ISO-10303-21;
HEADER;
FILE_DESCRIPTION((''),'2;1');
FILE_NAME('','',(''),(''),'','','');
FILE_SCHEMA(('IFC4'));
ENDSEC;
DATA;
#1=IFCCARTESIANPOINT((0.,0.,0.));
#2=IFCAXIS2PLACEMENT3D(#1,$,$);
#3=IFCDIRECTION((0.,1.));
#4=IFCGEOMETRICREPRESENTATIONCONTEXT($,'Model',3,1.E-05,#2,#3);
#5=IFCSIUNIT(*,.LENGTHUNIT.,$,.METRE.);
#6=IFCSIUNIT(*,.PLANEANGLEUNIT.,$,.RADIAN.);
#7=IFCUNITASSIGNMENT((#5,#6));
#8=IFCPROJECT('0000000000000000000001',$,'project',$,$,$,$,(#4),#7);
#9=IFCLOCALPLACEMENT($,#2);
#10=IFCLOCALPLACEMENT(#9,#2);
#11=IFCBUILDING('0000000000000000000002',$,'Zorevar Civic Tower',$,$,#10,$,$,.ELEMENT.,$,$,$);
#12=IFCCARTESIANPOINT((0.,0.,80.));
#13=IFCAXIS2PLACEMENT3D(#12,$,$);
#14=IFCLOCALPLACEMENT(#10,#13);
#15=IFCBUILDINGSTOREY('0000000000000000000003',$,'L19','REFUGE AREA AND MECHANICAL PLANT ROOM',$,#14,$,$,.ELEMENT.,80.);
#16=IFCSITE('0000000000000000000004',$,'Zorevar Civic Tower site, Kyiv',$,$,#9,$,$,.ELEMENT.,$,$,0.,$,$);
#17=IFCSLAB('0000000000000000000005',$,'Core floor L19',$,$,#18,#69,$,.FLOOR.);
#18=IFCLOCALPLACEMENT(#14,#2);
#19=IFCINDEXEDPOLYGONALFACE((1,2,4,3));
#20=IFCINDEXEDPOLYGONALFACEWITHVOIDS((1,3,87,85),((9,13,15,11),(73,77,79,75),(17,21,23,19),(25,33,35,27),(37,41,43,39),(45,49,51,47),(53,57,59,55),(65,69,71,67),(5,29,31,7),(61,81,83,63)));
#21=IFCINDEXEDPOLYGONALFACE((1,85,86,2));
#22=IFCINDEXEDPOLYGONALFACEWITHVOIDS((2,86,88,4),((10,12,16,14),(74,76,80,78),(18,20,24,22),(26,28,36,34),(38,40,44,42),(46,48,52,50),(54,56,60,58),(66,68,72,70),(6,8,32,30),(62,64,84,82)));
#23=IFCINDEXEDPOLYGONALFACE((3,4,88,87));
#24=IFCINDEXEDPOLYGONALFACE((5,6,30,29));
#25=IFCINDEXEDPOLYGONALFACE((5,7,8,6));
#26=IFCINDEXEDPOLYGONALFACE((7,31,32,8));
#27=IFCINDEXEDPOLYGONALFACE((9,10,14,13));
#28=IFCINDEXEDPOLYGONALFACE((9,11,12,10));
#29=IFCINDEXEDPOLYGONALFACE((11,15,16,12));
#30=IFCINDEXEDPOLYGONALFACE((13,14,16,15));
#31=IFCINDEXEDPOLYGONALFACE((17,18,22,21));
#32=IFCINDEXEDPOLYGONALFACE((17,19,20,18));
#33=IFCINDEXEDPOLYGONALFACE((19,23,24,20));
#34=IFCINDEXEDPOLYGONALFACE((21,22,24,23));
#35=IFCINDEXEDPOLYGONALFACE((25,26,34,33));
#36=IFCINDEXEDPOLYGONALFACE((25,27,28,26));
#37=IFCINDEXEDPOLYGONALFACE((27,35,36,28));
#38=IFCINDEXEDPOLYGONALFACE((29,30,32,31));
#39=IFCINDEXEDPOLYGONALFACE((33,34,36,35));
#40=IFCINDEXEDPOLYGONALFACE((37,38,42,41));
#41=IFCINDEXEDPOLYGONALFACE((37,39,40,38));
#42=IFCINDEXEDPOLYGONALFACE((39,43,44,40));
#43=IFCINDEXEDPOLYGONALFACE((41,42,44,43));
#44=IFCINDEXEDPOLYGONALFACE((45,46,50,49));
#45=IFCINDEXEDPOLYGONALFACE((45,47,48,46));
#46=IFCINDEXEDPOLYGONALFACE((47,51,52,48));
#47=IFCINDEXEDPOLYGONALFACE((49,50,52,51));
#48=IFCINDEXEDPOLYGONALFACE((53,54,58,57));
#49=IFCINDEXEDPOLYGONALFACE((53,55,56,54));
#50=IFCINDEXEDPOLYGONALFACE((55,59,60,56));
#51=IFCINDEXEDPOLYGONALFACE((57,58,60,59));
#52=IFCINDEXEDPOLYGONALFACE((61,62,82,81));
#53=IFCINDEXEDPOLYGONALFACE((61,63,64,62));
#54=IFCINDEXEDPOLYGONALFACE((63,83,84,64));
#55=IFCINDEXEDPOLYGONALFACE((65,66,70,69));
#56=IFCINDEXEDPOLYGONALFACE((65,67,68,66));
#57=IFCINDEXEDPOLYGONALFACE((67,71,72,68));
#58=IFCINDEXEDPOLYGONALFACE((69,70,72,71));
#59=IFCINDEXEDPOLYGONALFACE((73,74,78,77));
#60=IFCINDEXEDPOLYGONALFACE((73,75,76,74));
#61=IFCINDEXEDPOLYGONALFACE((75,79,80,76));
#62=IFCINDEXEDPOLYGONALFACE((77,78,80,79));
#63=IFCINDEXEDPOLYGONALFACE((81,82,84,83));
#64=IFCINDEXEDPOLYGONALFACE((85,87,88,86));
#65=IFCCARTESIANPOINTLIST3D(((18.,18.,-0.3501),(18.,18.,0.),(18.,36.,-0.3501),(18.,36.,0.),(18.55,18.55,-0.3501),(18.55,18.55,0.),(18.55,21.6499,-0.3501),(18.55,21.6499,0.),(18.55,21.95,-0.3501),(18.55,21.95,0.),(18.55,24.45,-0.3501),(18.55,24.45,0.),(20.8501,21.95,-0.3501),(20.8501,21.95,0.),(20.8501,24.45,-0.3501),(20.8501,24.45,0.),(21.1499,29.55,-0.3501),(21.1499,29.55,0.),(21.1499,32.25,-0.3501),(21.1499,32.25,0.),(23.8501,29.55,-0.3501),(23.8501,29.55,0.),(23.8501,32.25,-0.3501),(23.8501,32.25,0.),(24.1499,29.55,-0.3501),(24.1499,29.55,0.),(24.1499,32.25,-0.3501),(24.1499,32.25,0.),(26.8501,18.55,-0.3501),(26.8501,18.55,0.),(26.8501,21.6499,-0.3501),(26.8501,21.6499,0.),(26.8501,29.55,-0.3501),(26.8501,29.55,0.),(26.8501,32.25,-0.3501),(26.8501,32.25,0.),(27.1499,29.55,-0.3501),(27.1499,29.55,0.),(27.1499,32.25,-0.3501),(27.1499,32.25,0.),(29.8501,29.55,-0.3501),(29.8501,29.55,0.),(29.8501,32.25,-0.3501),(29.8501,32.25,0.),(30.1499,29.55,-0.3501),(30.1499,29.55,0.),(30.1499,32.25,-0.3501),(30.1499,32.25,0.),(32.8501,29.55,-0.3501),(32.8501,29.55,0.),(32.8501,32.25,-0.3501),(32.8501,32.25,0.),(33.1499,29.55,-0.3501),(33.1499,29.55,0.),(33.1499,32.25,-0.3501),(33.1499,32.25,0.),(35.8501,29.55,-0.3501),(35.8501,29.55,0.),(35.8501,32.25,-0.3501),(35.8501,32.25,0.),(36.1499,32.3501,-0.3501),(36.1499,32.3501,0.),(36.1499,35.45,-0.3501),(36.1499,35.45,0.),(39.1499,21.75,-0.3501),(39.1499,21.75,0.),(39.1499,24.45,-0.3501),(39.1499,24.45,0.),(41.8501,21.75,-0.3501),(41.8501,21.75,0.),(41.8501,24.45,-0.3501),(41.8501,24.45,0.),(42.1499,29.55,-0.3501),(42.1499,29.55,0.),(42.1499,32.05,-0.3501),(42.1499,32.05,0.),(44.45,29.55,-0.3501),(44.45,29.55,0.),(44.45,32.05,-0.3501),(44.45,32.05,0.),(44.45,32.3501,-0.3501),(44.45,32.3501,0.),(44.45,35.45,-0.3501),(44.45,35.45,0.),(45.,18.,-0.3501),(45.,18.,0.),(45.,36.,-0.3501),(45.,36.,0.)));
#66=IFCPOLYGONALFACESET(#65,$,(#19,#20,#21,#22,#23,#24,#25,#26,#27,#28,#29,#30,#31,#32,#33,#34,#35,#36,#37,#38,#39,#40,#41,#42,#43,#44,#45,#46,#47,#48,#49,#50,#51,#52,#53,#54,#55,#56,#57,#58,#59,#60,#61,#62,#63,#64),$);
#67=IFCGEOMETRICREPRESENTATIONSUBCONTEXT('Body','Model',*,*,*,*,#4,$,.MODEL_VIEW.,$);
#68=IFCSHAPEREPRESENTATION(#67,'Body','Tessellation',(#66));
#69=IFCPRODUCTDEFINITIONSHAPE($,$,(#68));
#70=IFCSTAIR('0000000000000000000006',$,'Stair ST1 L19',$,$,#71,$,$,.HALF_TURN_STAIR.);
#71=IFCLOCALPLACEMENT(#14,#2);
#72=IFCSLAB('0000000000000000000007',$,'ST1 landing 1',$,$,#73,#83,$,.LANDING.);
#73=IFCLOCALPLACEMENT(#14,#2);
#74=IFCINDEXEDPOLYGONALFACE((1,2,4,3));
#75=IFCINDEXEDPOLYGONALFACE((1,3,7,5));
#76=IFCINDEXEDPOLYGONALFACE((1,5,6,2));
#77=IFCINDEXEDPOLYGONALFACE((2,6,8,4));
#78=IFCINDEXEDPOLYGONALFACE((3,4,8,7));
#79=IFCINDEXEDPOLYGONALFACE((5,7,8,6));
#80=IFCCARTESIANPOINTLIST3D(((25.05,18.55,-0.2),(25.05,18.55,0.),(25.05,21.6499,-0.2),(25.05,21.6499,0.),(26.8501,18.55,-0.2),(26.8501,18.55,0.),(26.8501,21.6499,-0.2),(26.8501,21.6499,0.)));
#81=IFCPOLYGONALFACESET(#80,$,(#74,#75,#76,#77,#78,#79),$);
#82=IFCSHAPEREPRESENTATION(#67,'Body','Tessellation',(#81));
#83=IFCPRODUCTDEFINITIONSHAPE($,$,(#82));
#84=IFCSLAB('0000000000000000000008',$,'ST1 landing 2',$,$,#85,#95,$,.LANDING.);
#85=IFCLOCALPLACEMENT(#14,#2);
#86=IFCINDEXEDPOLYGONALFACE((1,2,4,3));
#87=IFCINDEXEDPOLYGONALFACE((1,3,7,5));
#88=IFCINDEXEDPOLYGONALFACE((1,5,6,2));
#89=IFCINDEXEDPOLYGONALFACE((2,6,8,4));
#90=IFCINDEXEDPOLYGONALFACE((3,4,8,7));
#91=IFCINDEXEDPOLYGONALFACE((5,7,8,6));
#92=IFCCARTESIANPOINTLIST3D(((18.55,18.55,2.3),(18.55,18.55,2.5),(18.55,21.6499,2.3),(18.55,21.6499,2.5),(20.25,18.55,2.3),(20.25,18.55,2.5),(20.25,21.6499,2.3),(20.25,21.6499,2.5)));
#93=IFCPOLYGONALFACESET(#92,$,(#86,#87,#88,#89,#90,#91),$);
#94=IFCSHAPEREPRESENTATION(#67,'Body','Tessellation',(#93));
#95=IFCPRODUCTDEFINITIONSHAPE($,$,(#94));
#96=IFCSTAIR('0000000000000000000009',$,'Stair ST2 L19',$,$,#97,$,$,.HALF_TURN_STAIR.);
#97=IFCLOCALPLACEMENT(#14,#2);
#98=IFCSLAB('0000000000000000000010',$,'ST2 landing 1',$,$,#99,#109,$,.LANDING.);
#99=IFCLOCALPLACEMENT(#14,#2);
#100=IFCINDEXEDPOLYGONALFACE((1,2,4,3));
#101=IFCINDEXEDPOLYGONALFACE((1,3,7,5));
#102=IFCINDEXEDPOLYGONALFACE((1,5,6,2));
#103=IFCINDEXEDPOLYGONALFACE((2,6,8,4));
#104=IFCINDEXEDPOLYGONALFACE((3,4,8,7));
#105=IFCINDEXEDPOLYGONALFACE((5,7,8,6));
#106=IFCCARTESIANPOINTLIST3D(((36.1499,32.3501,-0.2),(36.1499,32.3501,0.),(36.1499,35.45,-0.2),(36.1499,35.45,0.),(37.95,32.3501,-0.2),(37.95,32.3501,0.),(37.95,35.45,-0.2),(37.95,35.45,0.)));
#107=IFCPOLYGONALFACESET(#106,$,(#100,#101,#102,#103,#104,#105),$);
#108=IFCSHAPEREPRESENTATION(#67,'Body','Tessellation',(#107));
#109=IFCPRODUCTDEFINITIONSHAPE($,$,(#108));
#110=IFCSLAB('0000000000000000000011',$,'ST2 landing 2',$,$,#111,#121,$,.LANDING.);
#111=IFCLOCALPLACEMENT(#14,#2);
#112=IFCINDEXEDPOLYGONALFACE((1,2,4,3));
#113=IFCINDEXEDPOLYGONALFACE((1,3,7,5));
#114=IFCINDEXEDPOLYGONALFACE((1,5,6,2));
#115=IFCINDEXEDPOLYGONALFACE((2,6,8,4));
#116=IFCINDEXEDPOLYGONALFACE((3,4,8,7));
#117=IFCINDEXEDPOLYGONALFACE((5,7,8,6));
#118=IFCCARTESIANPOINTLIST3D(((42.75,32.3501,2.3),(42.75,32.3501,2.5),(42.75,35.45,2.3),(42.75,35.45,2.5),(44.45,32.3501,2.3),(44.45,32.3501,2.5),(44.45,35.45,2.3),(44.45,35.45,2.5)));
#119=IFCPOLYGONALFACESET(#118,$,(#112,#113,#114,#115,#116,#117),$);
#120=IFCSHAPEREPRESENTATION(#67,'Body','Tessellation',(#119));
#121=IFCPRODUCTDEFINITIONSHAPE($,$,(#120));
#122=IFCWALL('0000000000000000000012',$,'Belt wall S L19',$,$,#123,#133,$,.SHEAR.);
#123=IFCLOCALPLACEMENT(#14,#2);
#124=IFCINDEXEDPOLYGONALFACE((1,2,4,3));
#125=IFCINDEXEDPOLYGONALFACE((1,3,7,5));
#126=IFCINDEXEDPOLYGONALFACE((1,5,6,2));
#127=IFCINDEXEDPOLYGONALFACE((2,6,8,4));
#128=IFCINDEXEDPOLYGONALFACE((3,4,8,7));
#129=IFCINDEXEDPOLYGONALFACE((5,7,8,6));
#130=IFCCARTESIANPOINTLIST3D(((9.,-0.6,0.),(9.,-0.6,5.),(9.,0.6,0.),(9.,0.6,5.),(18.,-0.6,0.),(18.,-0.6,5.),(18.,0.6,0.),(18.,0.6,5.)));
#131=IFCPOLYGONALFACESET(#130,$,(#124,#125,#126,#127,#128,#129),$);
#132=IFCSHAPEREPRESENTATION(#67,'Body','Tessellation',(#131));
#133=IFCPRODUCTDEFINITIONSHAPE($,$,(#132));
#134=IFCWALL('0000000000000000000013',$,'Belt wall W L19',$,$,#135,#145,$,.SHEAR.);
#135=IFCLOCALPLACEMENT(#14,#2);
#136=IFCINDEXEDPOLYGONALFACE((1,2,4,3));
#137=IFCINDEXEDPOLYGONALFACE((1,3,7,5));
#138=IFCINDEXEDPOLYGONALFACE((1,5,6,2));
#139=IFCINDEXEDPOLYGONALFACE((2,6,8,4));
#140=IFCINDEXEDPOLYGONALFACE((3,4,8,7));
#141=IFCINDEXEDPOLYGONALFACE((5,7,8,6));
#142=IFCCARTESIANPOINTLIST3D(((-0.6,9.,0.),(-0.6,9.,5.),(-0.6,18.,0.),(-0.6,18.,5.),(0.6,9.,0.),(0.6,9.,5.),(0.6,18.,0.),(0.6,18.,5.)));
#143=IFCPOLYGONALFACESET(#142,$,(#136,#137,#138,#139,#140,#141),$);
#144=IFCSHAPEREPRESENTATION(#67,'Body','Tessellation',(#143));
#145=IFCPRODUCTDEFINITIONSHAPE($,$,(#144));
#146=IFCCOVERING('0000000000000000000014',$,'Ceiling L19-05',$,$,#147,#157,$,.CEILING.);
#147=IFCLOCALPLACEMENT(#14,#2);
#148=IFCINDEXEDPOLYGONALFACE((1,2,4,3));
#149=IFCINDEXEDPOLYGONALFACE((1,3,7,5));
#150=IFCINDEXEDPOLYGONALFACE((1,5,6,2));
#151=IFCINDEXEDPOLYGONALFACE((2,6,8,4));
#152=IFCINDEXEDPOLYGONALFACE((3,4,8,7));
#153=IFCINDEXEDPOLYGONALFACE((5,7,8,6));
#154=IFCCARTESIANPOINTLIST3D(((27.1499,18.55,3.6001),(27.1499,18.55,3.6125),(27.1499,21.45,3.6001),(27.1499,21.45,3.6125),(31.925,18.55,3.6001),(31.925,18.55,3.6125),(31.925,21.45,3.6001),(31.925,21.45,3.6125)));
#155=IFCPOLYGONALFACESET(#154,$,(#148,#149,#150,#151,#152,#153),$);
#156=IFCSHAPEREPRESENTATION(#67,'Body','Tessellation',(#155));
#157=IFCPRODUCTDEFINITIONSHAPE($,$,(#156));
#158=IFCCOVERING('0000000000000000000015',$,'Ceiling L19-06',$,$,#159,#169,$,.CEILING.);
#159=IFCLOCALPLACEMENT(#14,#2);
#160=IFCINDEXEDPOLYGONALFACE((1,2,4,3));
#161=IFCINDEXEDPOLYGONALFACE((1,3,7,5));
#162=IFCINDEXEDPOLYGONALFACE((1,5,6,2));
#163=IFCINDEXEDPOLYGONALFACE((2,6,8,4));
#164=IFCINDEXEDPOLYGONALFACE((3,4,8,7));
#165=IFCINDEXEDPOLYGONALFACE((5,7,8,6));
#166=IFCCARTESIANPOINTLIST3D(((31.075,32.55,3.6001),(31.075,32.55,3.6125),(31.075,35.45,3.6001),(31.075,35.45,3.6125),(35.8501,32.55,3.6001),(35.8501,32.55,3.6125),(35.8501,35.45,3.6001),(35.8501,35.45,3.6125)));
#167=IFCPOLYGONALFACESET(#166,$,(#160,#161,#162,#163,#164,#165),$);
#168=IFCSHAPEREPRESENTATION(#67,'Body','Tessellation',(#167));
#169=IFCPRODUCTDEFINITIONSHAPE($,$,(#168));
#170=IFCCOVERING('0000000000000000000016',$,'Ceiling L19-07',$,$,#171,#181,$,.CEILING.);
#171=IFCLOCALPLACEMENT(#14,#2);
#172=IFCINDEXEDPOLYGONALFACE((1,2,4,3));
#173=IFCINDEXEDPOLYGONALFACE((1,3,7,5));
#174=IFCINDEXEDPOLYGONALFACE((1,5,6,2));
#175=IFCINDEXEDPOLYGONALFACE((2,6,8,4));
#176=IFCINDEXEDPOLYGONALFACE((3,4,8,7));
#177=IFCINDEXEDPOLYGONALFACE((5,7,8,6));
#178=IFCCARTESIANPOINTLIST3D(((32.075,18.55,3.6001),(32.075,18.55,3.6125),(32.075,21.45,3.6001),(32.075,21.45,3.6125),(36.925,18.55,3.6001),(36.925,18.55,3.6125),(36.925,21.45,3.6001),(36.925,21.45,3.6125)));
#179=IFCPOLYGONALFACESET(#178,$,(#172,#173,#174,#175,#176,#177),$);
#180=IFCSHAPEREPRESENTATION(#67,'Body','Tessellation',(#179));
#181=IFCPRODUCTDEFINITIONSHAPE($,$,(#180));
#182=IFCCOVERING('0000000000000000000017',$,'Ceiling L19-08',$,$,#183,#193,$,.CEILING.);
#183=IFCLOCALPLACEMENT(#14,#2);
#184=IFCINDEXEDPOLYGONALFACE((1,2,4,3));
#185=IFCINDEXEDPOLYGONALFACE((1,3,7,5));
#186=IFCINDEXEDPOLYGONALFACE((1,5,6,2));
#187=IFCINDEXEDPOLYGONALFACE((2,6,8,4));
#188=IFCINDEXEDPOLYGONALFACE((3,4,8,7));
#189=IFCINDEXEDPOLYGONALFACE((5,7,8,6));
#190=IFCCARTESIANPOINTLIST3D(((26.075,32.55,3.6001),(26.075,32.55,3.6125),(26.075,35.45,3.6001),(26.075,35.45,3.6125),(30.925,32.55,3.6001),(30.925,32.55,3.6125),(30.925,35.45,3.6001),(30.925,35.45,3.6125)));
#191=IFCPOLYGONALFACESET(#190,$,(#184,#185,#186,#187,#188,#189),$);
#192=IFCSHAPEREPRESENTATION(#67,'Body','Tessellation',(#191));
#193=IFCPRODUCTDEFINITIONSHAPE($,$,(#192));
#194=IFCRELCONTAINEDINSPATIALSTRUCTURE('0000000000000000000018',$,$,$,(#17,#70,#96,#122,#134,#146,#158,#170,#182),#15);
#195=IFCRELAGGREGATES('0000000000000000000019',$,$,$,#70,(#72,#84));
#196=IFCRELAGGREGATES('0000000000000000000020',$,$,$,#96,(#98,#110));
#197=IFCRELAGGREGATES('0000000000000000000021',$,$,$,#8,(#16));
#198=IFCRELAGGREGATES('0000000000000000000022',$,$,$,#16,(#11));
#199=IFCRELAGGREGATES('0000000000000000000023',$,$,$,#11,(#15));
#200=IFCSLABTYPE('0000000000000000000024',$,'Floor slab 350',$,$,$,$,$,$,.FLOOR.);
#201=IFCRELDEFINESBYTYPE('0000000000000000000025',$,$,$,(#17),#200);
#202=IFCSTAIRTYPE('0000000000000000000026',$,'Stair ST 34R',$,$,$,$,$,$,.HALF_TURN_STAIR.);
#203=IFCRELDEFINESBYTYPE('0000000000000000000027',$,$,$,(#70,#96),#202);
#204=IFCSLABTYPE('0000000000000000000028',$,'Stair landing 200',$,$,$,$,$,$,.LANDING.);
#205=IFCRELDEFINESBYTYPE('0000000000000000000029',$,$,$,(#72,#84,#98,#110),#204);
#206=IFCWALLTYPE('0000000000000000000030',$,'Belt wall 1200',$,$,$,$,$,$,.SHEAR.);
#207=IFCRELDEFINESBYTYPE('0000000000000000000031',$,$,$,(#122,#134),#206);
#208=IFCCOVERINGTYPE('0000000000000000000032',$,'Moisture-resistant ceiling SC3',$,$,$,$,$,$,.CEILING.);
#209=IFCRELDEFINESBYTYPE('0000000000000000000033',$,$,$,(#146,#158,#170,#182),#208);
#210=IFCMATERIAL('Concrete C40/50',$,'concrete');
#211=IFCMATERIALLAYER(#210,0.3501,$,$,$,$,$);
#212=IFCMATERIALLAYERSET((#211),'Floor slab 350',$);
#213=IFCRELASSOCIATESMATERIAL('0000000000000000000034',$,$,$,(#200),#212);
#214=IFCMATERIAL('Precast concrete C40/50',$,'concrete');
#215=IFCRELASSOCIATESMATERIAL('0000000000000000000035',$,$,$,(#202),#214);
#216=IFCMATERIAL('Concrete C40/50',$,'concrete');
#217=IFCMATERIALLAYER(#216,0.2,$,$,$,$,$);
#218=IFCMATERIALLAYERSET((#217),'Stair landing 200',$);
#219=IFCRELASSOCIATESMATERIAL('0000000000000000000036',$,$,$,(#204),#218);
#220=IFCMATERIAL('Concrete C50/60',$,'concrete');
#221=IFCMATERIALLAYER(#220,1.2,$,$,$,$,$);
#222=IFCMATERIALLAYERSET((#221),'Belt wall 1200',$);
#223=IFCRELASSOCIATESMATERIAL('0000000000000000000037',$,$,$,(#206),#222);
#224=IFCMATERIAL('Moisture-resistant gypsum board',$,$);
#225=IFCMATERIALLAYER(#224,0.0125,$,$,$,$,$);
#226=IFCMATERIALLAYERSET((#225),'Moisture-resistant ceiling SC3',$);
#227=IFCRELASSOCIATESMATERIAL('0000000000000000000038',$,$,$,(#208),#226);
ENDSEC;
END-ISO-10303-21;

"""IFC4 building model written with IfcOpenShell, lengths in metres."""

from ifc_helpers import new_model, si_unit, direction, frame, frame_2d, origin, place, context, subcontext, project, spatial, polyline, rectangle, outline, extrude, material, layer, layer_set, type_object, element, aggregate, save


model = new_model("IFC4")

# Units and contexts
model_context = context("Model", 3, precision=1e-05, world=origin(), true_north=direction((0.0, 1.0)))
body_context = subcontext(model_context, "Body", "Model", "MODEL_VIEW")
ifc_project = project(units=[si_unit("LENGTHUNIT", "METRE"), si_unit("PLANEANGLEUNIT", "RADIAN")], contexts=[model_context])

# Site, building, storey
site_placement = place(None, origin())
site = spatial("IfcSite", under=ifc_project, at=site_placement, Name="Zorevar Civic Tower site, Kyiv", CompositionType="ELEMENT", RefElevation=0.0)
building_placement = place(site_placement, origin())
building = spatial("IfcBuilding", under=site, at=building_placement, Name="Zorevar Civic Tower", CompositionType="ELEMENT")
storey_placement = place(building_placement, frame((0.0, 0.0, 80.0)))
storey = spatial("IfcBuildingStorey", under=building, at=storey_placement, Name="L19", Description="REFUGE AREA AND MECHANICAL PLANT ROOM", CompositionType="ELEMENT", Elevation=80.0)

# Slab
ifc_material_1 = material(Name="Concrete C40/50", Category="concrete")
ifc_layer_1 = layer(ifc_material_1, 0.3501)
ifc_layer_set_1 = layer_set([ifc_layer_1], Name="Floor slab 350")
slab_type_1 = type_object("IfcSlabType", Name="Floor slab 350", PredefinedType="FLOOR", material=ifc_layer_set_1)
slab_1_placement = place(storey_placement, frame((0.0, 0.0, -0.3501)))
element("IfcSlab", 1, at=slab_1_placement, inside=storey, type_object=slab_type_1, Name="Core floor L19", PredefinedType="FLOOR", context=body_context, shape_type="SweptSolid", body=[
    extrude(outline(polyline([(18.0, 18.0), (45.0, 18.0), (45.0, 36.0), (18.0, 36.0), (18.0, 18.0)]), holes=[polyline([(18.55, 18.55), (26.8501, 18.55), (26.8501, 21.6499), (18.55, 21.6499), (18.55, 18.55)]), polyline([(36.1499, 32.3501), (44.45, 32.3501), (44.45, 35.45), (36.1499, 35.45), (36.1499, 32.3501)]), polyline([(18.55, 21.95), (20.8501, 21.95), (20.8501, 24.45), (18.55, 24.45), (18.55, 21.95)]), polyline([(42.1499, 29.55), (44.45, 29.55), (44.45, 32.05), (42.1499, 32.05), (42.1499, 29.55)]), polyline([(33.1499, 29.55), (35.8501, 29.55), (35.8501, 32.25), (33.1499, 32.25), (33.1499, 29.55)]), polyline([(30.1499, 29.55), (32.8501, 29.55), (32.8501, 32.25), (30.1499, 32.25), (30.1499, 29.55)]), polyline([(27.1499, 29.55), (29.8501, 29.55), (29.8501, 32.25), (27.1499, 32.25), (27.1499, 29.55)]), polyline([(24.1499, 29.55), (26.8501, 29.55), (26.8501, 32.25), (24.1499, 32.25), (24.1499, 29.55)]), polyline([(39.1499, 21.75), (41.8501, 21.75), (41.8501, 24.45), (39.1499, 24.45), (39.1499, 21.75)]), polyline([(21.1499, 29.55), (23.8501, 29.55), (23.8501, 32.25), (21.1499, 32.25), (21.1499, 29.55)])]), origin(), (0.0, 0.0, 1.0), 0.3501),
])

# Stairs, slabs
ifc_material_2 = material(Name="Precast concrete C40/50", Category="concrete")
stair_type = type_object("IfcStairType", Name="Stair ST 34R", PredefinedType="HALF_TURN_STAIR", material=ifc_material_2)
stair_1_placement = place(storey_placement, origin())
stair_1 = element("IfcStair", 2, at=stair_1_placement, inside=storey, type_object=stair_type, Name="Stair ST1 L19", PredefinedType="HALF_TURN_STAIR")
ifc_material_3 = material(Name="Concrete C40/50", Category="concrete")
ifc_layer_2 = layer(ifc_material_3, 0.2)
ifc_layer_set_2 = layer_set([ifc_layer_2], Name="Stair landing 200")
slab_type_2 = type_object("IfcSlabType", Name="Stair landing 200", PredefinedType="LANDING", material=ifc_layer_set_2)
slab_2_placement = place(storey_placement, frame((0.0, 0.0, -0.2)))
slab_2 = element("IfcSlab", 3, at=slab_2_placement, type_object=slab_type_2, Name="ST1 landing 1", PredefinedType="LANDING", context=body_context, shape_type="SweptSolid", body=[
    extrude(outline(polyline([(25.05, 18.55), (26.8501, 18.55), (26.8501, 21.6499), (25.05, 21.6499), (25.05, 18.55)])), origin(), (0.0, 0.0, 1.0), 0.2),
])
slab_3_placement = place(storey_placement, frame((0.0, 0.0, 2.3)))
slab_3 = element("IfcSlab", 4, at=slab_3_placement, type_object=slab_type_2, Name="ST1 landing 2", PredefinedType="LANDING", context=body_context, shape_type="SweptSolid", body=[
    extrude(outline(polyline([(18.55, 18.55), (20.25, 18.55), (20.25, 21.6499), (18.55, 21.6499), (18.55, 18.55)])), origin(), (0.0, 0.0, 1.0), 0.2),
])
aggregate(stair_1, [slab_2, slab_3])
stair_2_placement = place(storey_placement, origin())
stair_2 = element("IfcStair", 5, at=stair_2_placement, inside=storey, type_object=stair_type, Name="Stair ST2 L19", PredefinedType="HALF_TURN_STAIR")
slab_4_placement = place(storey_placement, frame((0.0, 0.0, -0.2)))
slab_4 = element("IfcSlab", 6, at=slab_4_placement, type_object=slab_type_2, Name="ST2 landing 1", PredefinedType="LANDING", context=body_context, shape_type="SweptSolid", body=[
    extrude(outline(polyline([(37.95, 32.3501), (36.1499, 32.3501), (36.1499, 35.45), (37.95, 35.45), (37.95, 32.3501)])), origin(), (0.0, 0.0, 1.0), 0.2),
])
slab_5_placement = place(storey_placement, frame((0.0, 0.0, 2.3)))
slab_5 = element("IfcSlab", 7, at=slab_5_placement, type_object=slab_type_2, Name="ST2 landing 2", PredefinedType="LANDING", context=body_context, shape_type="SweptSolid", body=[
    extrude(outline(polyline([(44.45, 32.3501), (42.75, 32.3501), (42.75, 35.45), (44.45, 35.45), (44.45, 32.3501)])), origin(), (0.0, 0.0, 1.0), 0.2),
])
aggregate(stair_2, [slab_4, slab_5])

# Walls
ifc_material_4 = material(Name="Concrete C50/60", Category="concrete")
ifc_layer_3 = layer(ifc_material_4, 1.2)
ifc_layer_set_3 = layer_set([ifc_layer_3], Name="Belt wall 1200")
wall_type = type_object("IfcWallType", Name="Belt wall 1200", PredefinedType="SHEAR", material=ifc_layer_set_3)
for number, where, z_axis, x_axis, name in (
    (8, (9.0, 0.0, 0.0), (0.0, 0.0, 1.0), (1.0, 0.0, 0.0), "Belt wall S L19"),
    (9, (0.0, 9.0, 0.0), (0.0, 0.0, 1.0), (0.0, 1.0, 0.0), "Belt wall W L19"),
):
    element("IfcWall", number, at=place(storey_placement, frame(where, z_axis=z_axis, x_axis=x_axis)), inside=storey, type_object=wall_type, Name=name, PredefinedType="SHEAR", context=body_context, shape_type="SweptSolid", body=[
        extrude(rectangle(XDim=9.0, YDim=1.2, at=frame_2d((4.5, 0.0))), origin(), (0.0, 0.0, 1.0), 5.0),
    ])

# Coverings
ifc_material_5 = material(Name="Moisture-resistant gypsum board")
ifc_layer_4 = layer(ifc_material_5, 0.0125)
ifc_layer_set_4 = layer_set([ifc_layer_4], Name="Moisture-resistant ceiling SC3")
covering_type_1 = type_object("IfcCoveringType", Name="Moisture-resistant ceiling SC3", PredefinedType="CEILING", material=ifc_layer_set_4)
covering_1_placement = place(storey_placement, frame((0.0, 0.0, 3.6001)))
element("IfcCovering", 10, at=covering_1_placement, inside=storey, type_object=covering_type_1, Name="Ceiling L19-05", PredefinedType="CEILING", context=body_context, shape_type="SweptSolid", body=[
    extrude(outline(polyline([(31.925, 18.55), (31.925, 21.45), (27.1499, 21.45), (27.1499, 18.55), (31.925, 18.55)])), origin(), (0.0, 0.0, 1.0), 0.0125),
])
covering_2_placement = place(storey_placement, frame((0.0, 0.0, 3.6001)))
element("IfcCovering", 11, at=covering_2_placement, inside=storey, type_object=covering_type_1, Name="Ceiling L19-06", PredefinedType="CEILING", context=body_context, shape_type="SweptSolid", body=[
    extrude(outline(polyline([(35.8501, 32.55), (35.8501, 35.45), (31.075, 35.45), (31.075, 32.55), (35.8501, 32.55)])), origin(), (0.0, 0.0, 1.0), 0.0125),
])
covering_3_placement = place(storey_placement, frame((0.0, 0.0, 3.6001)))
element("IfcCovering", 12, at=covering_3_placement, inside=storey, type_object=covering_type_1, Name="Ceiling L19-07", PredefinedType="CEILING", context=body_context, shape_type="SweptSolid", body=[
    extrude(outline(polyline([(36.925, 18.55), (36.925, 21.45), (32.075, 21.45), (32.075, 18.55), (36.925, 18.55)])), origin(), (0.0, 0.0, 1.0), 0.0125),
])
covering_4_placement = place(storey_placement, frame((0.0, 0.0, 3.6001)))
element("IfcCovering", 13, at=covering_4_placement, inside=storey, type_object=covering_type_1, Name="Ceiling L19-08", PredefinedType="CEILING", context=body_context, shape_type="SweptSolid", body=[
    extrude(outline(polyline([(30.925, 32.55), (30.925, 35.45), (26.075, 35.45), (26.075, 32.55), (30.925, 32.55)])), origin(), (0.0, 0.0, 1.0), 0.0125),
])

save(model, "model.ifc")
